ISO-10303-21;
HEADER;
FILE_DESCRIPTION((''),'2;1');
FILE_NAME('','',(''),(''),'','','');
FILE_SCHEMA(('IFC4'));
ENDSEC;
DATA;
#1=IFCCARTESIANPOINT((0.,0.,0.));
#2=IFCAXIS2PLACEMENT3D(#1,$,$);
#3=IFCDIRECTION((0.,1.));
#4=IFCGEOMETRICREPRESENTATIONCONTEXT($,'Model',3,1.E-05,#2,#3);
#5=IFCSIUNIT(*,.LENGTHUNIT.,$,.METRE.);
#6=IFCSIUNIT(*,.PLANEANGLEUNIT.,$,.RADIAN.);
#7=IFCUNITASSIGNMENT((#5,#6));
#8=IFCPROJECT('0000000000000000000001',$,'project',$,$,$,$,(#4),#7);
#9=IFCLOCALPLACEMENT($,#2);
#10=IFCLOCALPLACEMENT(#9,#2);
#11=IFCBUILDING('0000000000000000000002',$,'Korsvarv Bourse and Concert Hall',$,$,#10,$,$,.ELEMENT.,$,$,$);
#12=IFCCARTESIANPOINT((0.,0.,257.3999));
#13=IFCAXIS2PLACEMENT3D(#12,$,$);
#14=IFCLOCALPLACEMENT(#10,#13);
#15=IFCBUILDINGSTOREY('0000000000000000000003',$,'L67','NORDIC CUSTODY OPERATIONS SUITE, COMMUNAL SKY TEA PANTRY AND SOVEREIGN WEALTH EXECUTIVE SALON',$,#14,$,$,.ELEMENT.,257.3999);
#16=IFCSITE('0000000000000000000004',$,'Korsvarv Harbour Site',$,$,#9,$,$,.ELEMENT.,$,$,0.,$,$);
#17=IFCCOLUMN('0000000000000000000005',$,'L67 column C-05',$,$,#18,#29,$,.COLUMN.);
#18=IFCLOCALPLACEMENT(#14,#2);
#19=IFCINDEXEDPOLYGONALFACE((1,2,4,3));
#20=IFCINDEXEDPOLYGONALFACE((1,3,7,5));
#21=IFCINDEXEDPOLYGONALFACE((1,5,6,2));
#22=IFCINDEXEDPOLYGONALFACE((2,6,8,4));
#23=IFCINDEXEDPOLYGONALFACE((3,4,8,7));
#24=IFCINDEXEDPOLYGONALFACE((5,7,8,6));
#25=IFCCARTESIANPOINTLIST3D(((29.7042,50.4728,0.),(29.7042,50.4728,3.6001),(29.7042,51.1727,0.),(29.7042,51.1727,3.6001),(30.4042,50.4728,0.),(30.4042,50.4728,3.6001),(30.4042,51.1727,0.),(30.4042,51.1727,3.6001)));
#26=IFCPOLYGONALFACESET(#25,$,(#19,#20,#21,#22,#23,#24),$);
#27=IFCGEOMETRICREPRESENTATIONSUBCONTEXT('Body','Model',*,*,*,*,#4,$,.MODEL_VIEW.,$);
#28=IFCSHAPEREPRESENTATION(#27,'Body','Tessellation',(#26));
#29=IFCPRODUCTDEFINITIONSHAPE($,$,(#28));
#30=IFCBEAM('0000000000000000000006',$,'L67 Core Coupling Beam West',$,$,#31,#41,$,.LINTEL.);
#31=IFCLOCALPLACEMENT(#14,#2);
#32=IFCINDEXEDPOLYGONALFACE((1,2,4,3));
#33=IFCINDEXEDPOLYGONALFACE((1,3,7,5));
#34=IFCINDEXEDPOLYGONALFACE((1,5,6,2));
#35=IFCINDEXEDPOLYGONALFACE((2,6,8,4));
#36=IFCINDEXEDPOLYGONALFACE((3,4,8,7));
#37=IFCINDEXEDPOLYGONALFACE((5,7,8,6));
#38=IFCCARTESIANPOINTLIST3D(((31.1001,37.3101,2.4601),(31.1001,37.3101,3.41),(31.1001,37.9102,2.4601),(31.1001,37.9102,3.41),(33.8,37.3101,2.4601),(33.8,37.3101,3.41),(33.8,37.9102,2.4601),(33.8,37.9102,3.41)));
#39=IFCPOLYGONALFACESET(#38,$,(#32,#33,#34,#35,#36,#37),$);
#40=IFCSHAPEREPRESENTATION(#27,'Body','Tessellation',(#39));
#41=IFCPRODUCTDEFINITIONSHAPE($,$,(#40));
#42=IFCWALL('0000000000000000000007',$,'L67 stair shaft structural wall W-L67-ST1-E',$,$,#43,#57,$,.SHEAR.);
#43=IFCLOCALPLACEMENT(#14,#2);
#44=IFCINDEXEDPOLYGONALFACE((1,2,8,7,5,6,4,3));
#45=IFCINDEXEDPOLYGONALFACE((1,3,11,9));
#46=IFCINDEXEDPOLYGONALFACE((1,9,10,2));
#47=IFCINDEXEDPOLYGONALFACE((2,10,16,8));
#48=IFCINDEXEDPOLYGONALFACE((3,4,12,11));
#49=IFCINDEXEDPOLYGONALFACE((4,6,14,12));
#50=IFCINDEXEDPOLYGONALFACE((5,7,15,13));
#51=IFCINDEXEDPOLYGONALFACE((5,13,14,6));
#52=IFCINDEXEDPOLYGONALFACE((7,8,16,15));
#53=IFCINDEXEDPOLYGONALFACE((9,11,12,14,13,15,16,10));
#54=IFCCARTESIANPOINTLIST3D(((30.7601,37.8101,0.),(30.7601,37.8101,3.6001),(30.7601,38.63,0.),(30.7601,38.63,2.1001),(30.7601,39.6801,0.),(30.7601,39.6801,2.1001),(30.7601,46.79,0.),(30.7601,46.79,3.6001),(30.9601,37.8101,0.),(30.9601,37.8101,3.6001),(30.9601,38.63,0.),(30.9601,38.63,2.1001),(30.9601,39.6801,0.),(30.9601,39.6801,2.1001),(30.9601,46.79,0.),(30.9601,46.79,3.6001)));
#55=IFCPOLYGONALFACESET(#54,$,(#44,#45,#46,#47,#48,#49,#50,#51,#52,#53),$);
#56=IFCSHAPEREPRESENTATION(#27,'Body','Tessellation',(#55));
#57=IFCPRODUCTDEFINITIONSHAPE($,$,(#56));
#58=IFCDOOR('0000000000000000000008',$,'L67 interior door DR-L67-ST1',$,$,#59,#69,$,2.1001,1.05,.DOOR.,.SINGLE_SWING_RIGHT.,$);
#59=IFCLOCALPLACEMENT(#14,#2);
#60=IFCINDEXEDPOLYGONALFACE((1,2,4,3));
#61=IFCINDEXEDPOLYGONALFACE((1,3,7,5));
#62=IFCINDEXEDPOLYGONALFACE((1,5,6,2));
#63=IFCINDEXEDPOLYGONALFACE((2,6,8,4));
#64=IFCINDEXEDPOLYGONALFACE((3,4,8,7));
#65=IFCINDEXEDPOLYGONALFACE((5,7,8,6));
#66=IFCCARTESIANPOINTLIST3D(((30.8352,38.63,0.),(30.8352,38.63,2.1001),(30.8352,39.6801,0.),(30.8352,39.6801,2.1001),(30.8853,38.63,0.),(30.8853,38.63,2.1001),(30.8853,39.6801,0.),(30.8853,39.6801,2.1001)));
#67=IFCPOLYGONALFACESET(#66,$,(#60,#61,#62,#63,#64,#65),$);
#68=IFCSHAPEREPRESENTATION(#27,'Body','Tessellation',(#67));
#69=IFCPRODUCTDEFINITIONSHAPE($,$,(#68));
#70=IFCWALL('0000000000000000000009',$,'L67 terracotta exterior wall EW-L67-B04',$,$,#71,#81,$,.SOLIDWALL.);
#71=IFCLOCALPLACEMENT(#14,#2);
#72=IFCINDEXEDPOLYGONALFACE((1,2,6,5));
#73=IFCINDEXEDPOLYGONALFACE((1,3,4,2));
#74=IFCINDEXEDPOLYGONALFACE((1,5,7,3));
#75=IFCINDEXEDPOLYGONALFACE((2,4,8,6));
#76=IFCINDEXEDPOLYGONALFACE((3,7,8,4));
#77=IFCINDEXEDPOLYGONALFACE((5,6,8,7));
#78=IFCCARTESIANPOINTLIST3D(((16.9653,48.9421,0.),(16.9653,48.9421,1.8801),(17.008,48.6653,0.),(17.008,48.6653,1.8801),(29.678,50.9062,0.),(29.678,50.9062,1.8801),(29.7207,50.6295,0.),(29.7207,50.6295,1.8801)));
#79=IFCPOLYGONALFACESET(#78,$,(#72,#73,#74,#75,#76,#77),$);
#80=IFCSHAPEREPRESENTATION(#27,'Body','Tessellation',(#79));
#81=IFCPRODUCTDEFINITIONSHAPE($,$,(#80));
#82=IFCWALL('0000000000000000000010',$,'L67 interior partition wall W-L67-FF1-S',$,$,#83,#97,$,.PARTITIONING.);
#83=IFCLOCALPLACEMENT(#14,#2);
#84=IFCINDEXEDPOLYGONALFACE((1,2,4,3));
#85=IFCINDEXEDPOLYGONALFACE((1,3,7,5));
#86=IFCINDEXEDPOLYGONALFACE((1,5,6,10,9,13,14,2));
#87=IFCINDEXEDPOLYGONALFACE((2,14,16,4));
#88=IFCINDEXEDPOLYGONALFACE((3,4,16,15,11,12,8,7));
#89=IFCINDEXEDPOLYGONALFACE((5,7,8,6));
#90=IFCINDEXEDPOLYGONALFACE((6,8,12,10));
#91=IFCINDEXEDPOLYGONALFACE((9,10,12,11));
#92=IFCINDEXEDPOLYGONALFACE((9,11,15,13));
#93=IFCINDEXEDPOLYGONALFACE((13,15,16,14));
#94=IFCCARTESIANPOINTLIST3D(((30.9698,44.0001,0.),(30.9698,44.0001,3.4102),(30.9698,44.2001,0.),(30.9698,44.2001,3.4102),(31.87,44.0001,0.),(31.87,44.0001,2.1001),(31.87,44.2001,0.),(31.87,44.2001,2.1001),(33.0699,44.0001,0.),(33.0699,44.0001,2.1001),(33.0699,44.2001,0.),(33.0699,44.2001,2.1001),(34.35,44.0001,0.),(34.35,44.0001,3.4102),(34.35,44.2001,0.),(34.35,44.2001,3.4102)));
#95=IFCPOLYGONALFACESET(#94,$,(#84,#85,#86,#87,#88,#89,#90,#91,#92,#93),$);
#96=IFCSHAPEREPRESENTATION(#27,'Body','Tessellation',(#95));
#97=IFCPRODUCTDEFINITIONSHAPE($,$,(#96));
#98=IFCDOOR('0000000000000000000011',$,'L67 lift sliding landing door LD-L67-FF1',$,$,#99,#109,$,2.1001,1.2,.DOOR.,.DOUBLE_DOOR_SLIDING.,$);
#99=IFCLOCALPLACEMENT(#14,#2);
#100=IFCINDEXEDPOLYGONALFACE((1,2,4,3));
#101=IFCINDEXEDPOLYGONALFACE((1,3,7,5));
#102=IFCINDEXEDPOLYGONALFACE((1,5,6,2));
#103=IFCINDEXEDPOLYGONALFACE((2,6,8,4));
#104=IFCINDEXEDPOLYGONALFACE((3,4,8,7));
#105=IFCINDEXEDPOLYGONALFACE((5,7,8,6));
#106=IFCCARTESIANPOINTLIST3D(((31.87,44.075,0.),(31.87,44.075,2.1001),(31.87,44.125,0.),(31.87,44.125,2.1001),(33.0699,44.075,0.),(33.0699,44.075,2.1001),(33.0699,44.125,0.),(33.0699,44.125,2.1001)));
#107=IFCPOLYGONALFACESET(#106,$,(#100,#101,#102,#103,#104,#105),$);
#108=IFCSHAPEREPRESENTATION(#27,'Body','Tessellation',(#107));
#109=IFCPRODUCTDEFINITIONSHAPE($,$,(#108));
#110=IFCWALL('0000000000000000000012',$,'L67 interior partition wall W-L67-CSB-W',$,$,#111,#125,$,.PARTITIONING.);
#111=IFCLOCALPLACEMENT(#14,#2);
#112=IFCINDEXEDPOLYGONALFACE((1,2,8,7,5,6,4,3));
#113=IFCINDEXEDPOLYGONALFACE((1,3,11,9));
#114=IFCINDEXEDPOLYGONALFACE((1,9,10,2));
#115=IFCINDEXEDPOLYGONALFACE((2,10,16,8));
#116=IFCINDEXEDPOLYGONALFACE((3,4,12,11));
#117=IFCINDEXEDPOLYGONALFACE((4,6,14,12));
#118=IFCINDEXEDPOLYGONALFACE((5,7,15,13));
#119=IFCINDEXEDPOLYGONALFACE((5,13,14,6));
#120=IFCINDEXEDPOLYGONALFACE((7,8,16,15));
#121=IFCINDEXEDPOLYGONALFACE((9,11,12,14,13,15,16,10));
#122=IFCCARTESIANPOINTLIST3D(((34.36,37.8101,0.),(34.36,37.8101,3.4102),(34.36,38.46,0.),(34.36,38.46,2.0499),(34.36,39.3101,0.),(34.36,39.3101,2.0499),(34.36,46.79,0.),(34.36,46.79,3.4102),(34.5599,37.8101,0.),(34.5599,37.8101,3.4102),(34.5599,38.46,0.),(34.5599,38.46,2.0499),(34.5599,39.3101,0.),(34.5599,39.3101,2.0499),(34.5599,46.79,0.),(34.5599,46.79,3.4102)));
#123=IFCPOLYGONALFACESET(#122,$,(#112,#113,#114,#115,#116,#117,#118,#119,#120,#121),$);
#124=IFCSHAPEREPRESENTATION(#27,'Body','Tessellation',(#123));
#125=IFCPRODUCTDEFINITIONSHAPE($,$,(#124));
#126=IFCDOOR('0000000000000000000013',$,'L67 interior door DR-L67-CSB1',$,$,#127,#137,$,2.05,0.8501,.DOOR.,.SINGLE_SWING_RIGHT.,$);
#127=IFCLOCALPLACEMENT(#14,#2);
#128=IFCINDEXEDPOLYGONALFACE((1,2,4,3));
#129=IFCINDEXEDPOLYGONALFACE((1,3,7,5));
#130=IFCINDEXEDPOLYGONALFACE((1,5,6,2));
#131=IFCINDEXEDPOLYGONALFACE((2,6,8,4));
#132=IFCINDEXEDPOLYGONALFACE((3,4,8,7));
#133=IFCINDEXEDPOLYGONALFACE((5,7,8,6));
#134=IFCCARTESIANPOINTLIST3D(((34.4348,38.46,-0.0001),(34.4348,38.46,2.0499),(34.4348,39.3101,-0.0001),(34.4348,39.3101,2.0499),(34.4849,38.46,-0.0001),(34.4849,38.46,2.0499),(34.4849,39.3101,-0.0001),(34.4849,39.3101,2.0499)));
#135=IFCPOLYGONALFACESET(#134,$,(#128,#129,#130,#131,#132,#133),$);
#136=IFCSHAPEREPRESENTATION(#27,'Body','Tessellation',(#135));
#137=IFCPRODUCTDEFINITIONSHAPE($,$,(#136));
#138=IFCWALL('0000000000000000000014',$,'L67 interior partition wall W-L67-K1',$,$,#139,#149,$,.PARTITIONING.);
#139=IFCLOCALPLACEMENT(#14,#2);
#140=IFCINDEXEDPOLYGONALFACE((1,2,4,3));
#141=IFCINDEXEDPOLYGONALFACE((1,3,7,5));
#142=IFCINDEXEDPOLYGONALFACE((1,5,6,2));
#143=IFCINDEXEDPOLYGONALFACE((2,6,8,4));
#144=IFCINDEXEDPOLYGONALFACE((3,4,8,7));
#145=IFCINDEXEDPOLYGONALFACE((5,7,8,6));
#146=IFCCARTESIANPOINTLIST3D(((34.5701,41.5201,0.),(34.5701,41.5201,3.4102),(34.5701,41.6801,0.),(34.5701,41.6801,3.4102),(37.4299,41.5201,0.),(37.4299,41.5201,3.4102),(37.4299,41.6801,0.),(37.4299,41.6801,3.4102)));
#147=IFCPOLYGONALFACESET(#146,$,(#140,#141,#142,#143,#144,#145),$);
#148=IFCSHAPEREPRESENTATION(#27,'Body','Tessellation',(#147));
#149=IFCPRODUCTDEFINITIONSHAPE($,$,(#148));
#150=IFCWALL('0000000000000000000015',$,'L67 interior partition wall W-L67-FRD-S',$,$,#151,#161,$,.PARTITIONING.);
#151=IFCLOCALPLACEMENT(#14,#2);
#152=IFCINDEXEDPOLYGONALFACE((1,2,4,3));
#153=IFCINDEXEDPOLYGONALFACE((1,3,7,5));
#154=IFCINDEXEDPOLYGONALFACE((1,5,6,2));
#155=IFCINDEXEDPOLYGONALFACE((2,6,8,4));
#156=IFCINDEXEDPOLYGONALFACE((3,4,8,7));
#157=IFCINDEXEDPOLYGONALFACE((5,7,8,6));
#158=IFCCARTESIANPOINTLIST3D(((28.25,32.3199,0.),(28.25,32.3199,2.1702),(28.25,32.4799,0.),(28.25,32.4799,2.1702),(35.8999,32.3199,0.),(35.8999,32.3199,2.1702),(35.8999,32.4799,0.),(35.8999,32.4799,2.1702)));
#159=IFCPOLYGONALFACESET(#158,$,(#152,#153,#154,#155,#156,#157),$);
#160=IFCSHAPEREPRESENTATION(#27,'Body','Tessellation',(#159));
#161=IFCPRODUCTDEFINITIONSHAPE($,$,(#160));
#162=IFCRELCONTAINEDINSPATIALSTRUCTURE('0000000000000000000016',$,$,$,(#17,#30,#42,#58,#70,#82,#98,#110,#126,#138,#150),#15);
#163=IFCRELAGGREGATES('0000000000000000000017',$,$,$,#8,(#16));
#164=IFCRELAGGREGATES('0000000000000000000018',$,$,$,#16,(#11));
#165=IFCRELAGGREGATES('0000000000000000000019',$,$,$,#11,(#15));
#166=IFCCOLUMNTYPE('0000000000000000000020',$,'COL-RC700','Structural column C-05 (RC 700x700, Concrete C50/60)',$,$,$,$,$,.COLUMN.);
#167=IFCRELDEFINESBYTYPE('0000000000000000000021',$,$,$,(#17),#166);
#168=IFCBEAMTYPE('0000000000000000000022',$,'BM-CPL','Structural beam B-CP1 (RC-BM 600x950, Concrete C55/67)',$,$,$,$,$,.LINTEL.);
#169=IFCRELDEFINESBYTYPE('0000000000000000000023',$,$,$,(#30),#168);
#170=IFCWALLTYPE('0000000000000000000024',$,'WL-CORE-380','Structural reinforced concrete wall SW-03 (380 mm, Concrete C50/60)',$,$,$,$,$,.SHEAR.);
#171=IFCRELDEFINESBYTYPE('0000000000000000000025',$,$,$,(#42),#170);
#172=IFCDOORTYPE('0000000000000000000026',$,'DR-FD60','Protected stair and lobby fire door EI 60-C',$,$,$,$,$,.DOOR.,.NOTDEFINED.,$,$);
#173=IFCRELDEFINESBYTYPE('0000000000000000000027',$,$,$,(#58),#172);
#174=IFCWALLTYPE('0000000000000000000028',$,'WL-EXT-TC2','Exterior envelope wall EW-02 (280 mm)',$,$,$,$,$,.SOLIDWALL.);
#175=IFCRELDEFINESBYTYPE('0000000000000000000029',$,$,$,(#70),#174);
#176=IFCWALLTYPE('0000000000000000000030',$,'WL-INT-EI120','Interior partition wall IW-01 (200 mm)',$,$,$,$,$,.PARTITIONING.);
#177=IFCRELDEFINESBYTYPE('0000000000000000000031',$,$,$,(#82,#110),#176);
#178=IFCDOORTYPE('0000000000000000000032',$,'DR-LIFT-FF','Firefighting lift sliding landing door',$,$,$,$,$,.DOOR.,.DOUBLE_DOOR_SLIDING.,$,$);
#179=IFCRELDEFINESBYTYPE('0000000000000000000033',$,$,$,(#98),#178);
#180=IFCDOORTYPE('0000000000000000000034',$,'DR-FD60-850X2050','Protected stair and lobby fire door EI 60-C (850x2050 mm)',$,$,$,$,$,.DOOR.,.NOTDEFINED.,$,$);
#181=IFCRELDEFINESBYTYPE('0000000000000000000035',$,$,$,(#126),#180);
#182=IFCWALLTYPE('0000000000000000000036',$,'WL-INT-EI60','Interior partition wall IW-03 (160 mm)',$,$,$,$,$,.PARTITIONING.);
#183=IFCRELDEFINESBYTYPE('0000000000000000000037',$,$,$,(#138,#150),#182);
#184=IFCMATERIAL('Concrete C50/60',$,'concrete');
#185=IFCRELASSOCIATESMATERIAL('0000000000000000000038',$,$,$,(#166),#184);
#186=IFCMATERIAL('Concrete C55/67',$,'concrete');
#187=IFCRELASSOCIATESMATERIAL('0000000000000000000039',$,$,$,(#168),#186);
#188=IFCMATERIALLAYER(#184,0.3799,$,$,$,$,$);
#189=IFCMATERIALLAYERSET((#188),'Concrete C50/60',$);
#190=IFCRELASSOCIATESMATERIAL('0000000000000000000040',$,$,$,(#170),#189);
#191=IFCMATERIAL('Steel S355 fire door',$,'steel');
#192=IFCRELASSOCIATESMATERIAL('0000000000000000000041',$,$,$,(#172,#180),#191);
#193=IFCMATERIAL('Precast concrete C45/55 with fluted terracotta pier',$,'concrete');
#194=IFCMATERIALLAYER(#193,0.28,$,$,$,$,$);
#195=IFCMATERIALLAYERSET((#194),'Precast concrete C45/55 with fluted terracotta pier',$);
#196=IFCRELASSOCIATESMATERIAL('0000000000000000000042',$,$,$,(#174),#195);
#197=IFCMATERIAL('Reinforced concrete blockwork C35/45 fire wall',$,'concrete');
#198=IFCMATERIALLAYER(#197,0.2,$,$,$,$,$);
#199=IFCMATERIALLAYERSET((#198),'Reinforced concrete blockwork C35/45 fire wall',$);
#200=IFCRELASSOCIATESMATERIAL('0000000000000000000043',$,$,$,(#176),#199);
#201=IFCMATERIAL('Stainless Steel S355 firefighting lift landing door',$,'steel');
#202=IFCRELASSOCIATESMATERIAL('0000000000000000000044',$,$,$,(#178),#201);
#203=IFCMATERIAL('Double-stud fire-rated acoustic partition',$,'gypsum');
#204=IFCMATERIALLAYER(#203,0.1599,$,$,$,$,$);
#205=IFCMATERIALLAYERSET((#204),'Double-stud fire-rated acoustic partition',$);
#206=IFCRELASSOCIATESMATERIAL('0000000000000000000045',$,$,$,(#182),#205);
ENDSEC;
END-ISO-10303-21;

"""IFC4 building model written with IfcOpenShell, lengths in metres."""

from ifc_helpers import new_model, si_unit, direction, frame, frame_2d, origin, origin_2d, place, context, subcontext, project, spatial, rectangle, extrude, source, transform, mapped, material, layer, layer_set, material_profile, profile_set, type_object, element, fill, save


model = new_model("IFC4")

# Units and contexts
model_context = context("Model", 3, precision=1e-05, world=origin(), true_north=direction((0.0, 1.0)))
body_context = subcontext(model_context, "Body", "Model", "MODEL_VIEW")
ifc_project = project(units=[si_unit("LENGTHUNIT", "METRE"), si_unit("PLANEANGLEUNIT", "RADIAN")], contexts=[model_context])

# Site, building, storey
site_placement = place(None, origin())
site = spatial("IfcSite", under=ifc_project, at=site_placement, Name="Korsvarv Harbour Site", CompositionType="ELEMENT", RefElevation=0.0)
building_placement = place(site_placement, origin())
building = spatial("IfcBuilding", under=site, at=building_placement, Name="Korsvarv Bourse and Concert Hall", CompositionType="ELEMENT")
storey_placement = place(building_placement, frame((0.0, 0.0, 257.3999)))
storey = spatial("IfcBuildingStorey", under=building, at=storey_placement, Name="L67", Description="NORDIC CUSTODY OPERATIONS SUITE, COMMUNAL SKY TEA PANTRY AND SOVEREIGN WEALTH EXECUTIVE SALON", CompositionType="ELEMENT", Elevation=257.3999)

# Column
ifc_material_1 = material(Name="Concrete C50/60", Category="concrete")
ifc_material_profile_1 = material_profile(ifc_material_1, rectangle(XDim=0.7, YDim=0.7, at=origin_2d()), Name="RC 700x700")
ifc_profile_set_1 = profile_set([ifc_material_profile_1], Name="Concrete C50/60")
column_type = type_object("IfcColumnType", Name="COL-RC700", Description="Structural column C-05 (RC 700x700, Concrete C50/60)", PredefinedType="COLUMN", material=ifc_profile_set_1)
shared_shape_1 = source(origin(), body_context, "Body", "SweptSolid", [
    extrude(rectangle(XDim=0.7, YDim=0.7, at=origin_2d()), origin(), (0.0, 0.0, 1.0), 3.6001),
])
column_placement = place(storey_placement, frame((30.0542, 50.8228, 0.0), z_axis=(0.0, 0.0, 1.0), x_axis=(1.0, 0.0, 0.0)))
element("IfcColumn", 1, at=column_placement, inside=storey, type_object=column_type, Name="L67 column C-05", PredefinedType="COLUMN", context=body_context, shape_type="MappedRepresentation", body=[
    mapped(shared_shape_1, transform((0.0, 0.0, 0.0), scale=1.0)),
])

# Beam
ifc_material_2 = material(Name="Concrete C55/67", Category="concrete")
ifc_material_profile_2 = material_profile(ifc_material_2, rectangle(XDim=0.6001, YDim=0.95, at=origin_2d()), Name="RC-BM 600x950")
ifc_profile_set_2 = profile_set([ifc_material_profile_2], Name="Concrete C55/67")
beam_type = type_object("IfcBeamType", Name="BM-CPL", Description="Structural beam B-CP1 (RC-BM 600x950, Concrete C55/67)", PredefinedType="LINTEL", material=ifc_profile_set_2)
shared_shape_2 = source(origin(), body_context, "Body", "SweptSolid", [
    extrude(rectangle(XDim=0.6001, YDim=0.95, at=origin_2d()), origin(), (0.0, 0.0, 1.0), 2.7),
])
beam_placement = place(storey_placement, frame((31.1001, 37.6101, 2.9351), z_axis=(1.0, 0.0, 0.0), x_axis=(0.0, 1.0, 0.0)))
element("IfcBeam", 2, at=beam_placement, inside=storey, type_object=beam_type, Name="L67 Core Coupling Beam West", PredefinedType="LINTEL", context=body_context, shape_type="MappedRepresentation", body=[
    mapped(shared_shape_2, transform((0.0, 0.0, 0.0), scale=1.0)),
])

# Wall, opening, door
ifc_layer_1 = layer(ifc_material_1, 0.3799)
ifc_layer_set_1 = layer_set([ifc_layer_1], Name="Concrete C50/60")
wall_type_1 = type_object("IfcWallType", Name="WL-CORE-380", Description="Structural reinforced concrete wall SW-03 (380 mm, Concrete C50/60)", PredefinedType="SHEAR", material=ifc_layer_set_1)
wall_1_placement = place(storey_placement, frame((30.8601, 37.8101, 0.0), z_axis=(0.0, 0.0, 1.0), x_axis=(0.0, 1.0, 0.0)))
wall_1 = element("IfcWall", 3, at=wall_1_placement, inside=storey, type_object=wall_type_1, Name="L67 stair shaft structural wall W-L67-ST1-E", PredefinedType="SHEAR", context=body_context, shape_type="SweptSolid", body=[
    extrude(rectangle(XDim=8.98, YDim=0.2, at=frame_2d((4.49, 0.0))), origin(), (0.0, 0.0, 1.0), 3.6001),
])
opening_1_placement = place(wall_1_placement, frame((0.8201, 0.0, 0.0)))
opening_1 = element("IfcOpeningElement", 4, at=opening_1_placement, cuts=wall_1, PredefinedType="OPENING", context=body_context, shape_type="SweptSolid", body=[
    extrude(rectangle(XDim=1.05, YDim=2.1001, at=frame_2d((0.5249, 1.05))), frame((0.0, 0.1099, 0.0), z_axis=(0.0, -1.0, 0.0), x_axis=(1.0, 0.0, 0.0)), (0.0, 0.0, 1.0), 0.22),
])
ifc_material_3 = material(Name="Steel S355 fire door", Category="steel")
door_type_1 = type_object("IfcDoorType", Name="DR-FD60", Description="Protected stair and lobby fire door EI 60-C", OperationType="NOTDEFINED", PredefinedType="DOOR", material=ifc_material_3)
door_1_placement = place(opening_1_placement, origin())
door_1 = element("IfcDoor", 5, at=door_1_placement, inside=storey, type_object=door_type_1, Name="L67 interior door DR-L67-ST1", OperationType="SINGLE_SWING_RIGHT", OverallHeight=2.1001, OverallWidth=1.05, PredefinedType="DOOR", context=body_context, shape_type="SweptSolid", body=[
    extrude(rectangle(XDim=1.05, YDim=2.1001, at=frame_2d((0.5249, 1.05))), frame((0.0, 0.0249, 0.0), z_axis=(0.0, -1.0, 0.0), x_axis=(1.0, 0.0, 0.0)), (0.0, 0.0, 1.0), 0.05),
])
fill(opening_1, door_1)

# Wall
ifc_material_4 = material(Name="Precast concrete C45/55 with fluted terracotta pier", Category="concrete")
ifc_layer_2 = layer(ifc_material_4, 0.28)
ifc_layer_set_2 = layer_set([ifc_layer_2], Name="Precast concrete C45/55 with fluted terracotta pier")
wall_type_2 = type_object("IfcWallType", Name="WL-EXT-TC2", Description="Exterior envelope wall EW-02 (280 mm)", PredefinedType="SOLIDWALL", material=ifc_layer_set_2)
wall_2_placement = place(storey_placement, frame((29.6992, 50.7678, 0.0), z_axis=(0.0, 0.0, 1.0), x_axis=(-0.988274, -0.152689, 0.0)))
element("IfcWall", 6, at=wall_2_placement, inside=storey, type_object=wall_type_2, Name="L67 terracotta exterior wall EW-L67-B04", PredefinedType="SOLIDWALL", context=body_context, shape_type="SweptSolid", body=[
    extrude(rectangle(XDim=12.8635, YDim=0.28, at=frame_2d((6.4316, 0.0))), origin(), (0.0, 0.0, 1.0), 1.8801),
])

# Walls, openings, doors
ifc_material_5 = material(Name="Reinforced concrete blockwork C35/45 fire wall", Category="concrete")
ifc_layer_3 = layer(ifc_material_5, 0.2)
ifc_layer_set_3 = layer_set([ifc_layer_3], Name="Reinforced concrete blockwork C35/45 fire wall")
wall_type_3 = type_object("IfcWallType", Name="WL-INT-EI120", Description="Interior partition wall IW-01 (200 mm)", PredefinedType="PARTITIONING", material=ifc_layer_set_3)
wall_3_placement = place(storey_placement, frame((30.97, 44.1001, 0.0), z_axis=(0.0, 0.0, 1.0), x_axis=(1.0, 0.0, 0.0)))
wall_3 = element("IfcWall", 7, at=wall_3_placement, inside=storey, type_object=wall_type_3, Name="L67 interior partition wall W-L67-FF1-S", PredefinedType="PARTITIONING", context=body_context, shape_type="SweptSolid", body=[
    extrude(rectangle(XDim=3.3801, YDim=0.2, at=frame_2d((1.6899, 0.0))), origin(), (0.0, 0.0, 1.0), 3.4102),
])
opening_2_placement = place(wall_3_placement, frame((0.8999, 0.0, 0.0)))
opening_2 = element("IfcOpeningElement", 8, at=opening_2_placement, cuts=wall_3, PredefinedType="OPENING", context=body_context, shape_type="SweptSolid", body=[
    extrude(rectangle(XDim=1.2, YDim=2.1001, at=frame_2d((0.6001, 1.05))), frame((0.0, 0.1099, 0.0), z_axis=(0.0, -1.0, 0.0), x_axis=(1.0, 0.0, 0.0)), (0.0, 0.0, 1.0), 0.22),
])
ifc_material_6 = material(Name="Stainless Steel S355 firefighting lift landing door", Category="steel")
door_type_2 = type_object("IfcDoorType", Name="DR-LIFT-FF", Description="Firefighting lift sliding landing door", OperationType="DOUBLE_DOOR_SLIDING", PredefinedType="DOOR", material=ifc_material_6)
door_2_placement = place(opening_2_placement, origin())
door_2 = element("IfcDoor", 9, at=door_2_placement, inside=storey, type_object=door_type_2, Name="L67 lift sliding landing door LD-L67-FF1", OperationType="DOUBLE_DOOR_SLIDING", OverallHeight=2.1001, OverallWidth=1.2, PredefinedType="DOOR", context=body_context, shape_type="SweptSolid", body=[
    extrude(rectangle(XDim=1.2, YDim=2.1001, at=frame_2d((0.6001, 1.05))), frame((0.0, 0.0249, 0.0), z_axis=(0.0, -1.0, 0.0), x_axis=(1.0, 0.0, 0.0)), (0.0, 0.0, 1.0), 0.05),
])
fill(opening_2, door_2)
wall_4_placement = place(storey_placement, frame((34.46, 37.8101, 0.0), z_axis=(0.0, 0.0, 1.0), x_axis=(0.0, 1.0, 0.0)))
wall_4 = element("IfcWall", 10, at=wall_4_placement, inside=storey, type_object=wall_type_3, Name="L67 interior partition wall W-L67-CSB-W", PredefinedType="PARTITIONING", context=body_context, shape_type="SweptSolid", body=[
    extrude(rectangle(XDim=8.98, YDim=0.2, at=frame_2d((4.49, 0.0))), origin(), (0.0, 0.0, 1.0), 3.4102),
])
opening_3_placement = place(wall_4_placement, frame((0.6499, 0.0, 0.0)))
opening_3 = element("IfcOpeningElement", 11, at=opening_3_placement, cuts=wall_4, PredefinedType="OPENING", context=body_context, shape_type="SweptSolid", body=[
    extrude(rectangle(XDim=0.8501, YDim=2.05, at=frame_2d((0.425, 1.0249))), frame((0.0, 0.1099, 0.0), z_axis=(0.0, -1.0, 0.0), x_axis=(1.0, 0.0, 0.0)), (0.0, 0.0, 1.0), 0.22),
])
door_type_3 = type_object("IfcDoorType", Name="DR-FD60-850X2050", Description="Protected stair and lobby fire door EI 60-C (850x2050 mm)", OperationType="NOTDEFINED", PredefinedType="DOOR", material=ifc_material_3)
door_3_placement = place(opening_3_placement, frame((0.8501, 0.0, 0.0), z_axis=(0.0, 0.0, 1.0), x_axis=(-1.0, 0.0, 0.0)))
door_3 = element("IfcDoor", 12, at=door_3_placement, inside=storey, type_object=door_type_3, Name="L67 interior door DR-L67-CSB1", OperationType="SINGLE_SWING_RIGHT", OverallHeight=2.05, OverallWidth=0.8501, PredefinedType="DOOR", context=body_context, shape_type="SweptSolid", body=[
    extrude(rectangle(XDim=0.8501, YDim=2.05, at=frame_2d((0.425, 1.0249))), frame((0.0, 0.0249, 0.0), z_axis=(0.0, -1.0, 0.0), x_axis=(1.0, 0.0, 0.0)), (0.0, 0.0, 1.0), 0.05),
])
fill(opening_3, door_3)

# Walls
ifc_material_7 = material(Name="Double-stud fire-rated acoustic partition", Category="gypsum")
ifc_layer_4 = layer(ifc_material_7, 0.1599)
ifc_layer_set_4 = layer_set([ifc_layer_4], Name="Double-stud fire-rated acoustic partition")
wall_type_4 = type_object("IfcWallType", Name="WL-INT-EI60", Description="Interior partition wall IW-03 (160 mm)", PredefinedType="PARTITIONING", material=ifc_layer_set_4)
wall_5_placement = place(storey_placement, frame((34.5701, 41.6001, 0.0), z_axis=(0.0, 0.0, 1.0), x_axis=(1.0, 0.0, 0.0)))
element("IfcWall", 13, at=wall_5_placement, inside=storey, type_object=wall_type_4, Name="L67 interior partition wall W-L67-K1", PredefinedType="PARTITIONING", context=body_context, shape_type="SweptSolid", body=[
    extrude(rectangle(XDim=2.8599, YDim=0.1599, at=frame_2d((1.4299, 0.0))), origin(), (0.0, 0.0, 1.0), 3.4102),
])
wall_6_placement = place(storey_placement, frame((28.25, 32.3999, 0.0), z_axis=(0.0, 0.0, 1.0), x_axis=(1.0, 0.0, 0.0)))
element("IfcWall", 14, at=wall_6_placement, inside=storey, type_object=wall_type_4, Name="L67 interior partition wall W-L67-FRD-S", PredefinedType="PARTITIONING", context=body_context, shape_type="SweptSolid", body=[
    extrude(rectangle(XDim=7.6499, YDim=0.1599, at=frame_2d((3.825, 0.0))), origin(), (0.0, 0.0, 1.0), 2.1702),
])

save(model, "model.ifc")
